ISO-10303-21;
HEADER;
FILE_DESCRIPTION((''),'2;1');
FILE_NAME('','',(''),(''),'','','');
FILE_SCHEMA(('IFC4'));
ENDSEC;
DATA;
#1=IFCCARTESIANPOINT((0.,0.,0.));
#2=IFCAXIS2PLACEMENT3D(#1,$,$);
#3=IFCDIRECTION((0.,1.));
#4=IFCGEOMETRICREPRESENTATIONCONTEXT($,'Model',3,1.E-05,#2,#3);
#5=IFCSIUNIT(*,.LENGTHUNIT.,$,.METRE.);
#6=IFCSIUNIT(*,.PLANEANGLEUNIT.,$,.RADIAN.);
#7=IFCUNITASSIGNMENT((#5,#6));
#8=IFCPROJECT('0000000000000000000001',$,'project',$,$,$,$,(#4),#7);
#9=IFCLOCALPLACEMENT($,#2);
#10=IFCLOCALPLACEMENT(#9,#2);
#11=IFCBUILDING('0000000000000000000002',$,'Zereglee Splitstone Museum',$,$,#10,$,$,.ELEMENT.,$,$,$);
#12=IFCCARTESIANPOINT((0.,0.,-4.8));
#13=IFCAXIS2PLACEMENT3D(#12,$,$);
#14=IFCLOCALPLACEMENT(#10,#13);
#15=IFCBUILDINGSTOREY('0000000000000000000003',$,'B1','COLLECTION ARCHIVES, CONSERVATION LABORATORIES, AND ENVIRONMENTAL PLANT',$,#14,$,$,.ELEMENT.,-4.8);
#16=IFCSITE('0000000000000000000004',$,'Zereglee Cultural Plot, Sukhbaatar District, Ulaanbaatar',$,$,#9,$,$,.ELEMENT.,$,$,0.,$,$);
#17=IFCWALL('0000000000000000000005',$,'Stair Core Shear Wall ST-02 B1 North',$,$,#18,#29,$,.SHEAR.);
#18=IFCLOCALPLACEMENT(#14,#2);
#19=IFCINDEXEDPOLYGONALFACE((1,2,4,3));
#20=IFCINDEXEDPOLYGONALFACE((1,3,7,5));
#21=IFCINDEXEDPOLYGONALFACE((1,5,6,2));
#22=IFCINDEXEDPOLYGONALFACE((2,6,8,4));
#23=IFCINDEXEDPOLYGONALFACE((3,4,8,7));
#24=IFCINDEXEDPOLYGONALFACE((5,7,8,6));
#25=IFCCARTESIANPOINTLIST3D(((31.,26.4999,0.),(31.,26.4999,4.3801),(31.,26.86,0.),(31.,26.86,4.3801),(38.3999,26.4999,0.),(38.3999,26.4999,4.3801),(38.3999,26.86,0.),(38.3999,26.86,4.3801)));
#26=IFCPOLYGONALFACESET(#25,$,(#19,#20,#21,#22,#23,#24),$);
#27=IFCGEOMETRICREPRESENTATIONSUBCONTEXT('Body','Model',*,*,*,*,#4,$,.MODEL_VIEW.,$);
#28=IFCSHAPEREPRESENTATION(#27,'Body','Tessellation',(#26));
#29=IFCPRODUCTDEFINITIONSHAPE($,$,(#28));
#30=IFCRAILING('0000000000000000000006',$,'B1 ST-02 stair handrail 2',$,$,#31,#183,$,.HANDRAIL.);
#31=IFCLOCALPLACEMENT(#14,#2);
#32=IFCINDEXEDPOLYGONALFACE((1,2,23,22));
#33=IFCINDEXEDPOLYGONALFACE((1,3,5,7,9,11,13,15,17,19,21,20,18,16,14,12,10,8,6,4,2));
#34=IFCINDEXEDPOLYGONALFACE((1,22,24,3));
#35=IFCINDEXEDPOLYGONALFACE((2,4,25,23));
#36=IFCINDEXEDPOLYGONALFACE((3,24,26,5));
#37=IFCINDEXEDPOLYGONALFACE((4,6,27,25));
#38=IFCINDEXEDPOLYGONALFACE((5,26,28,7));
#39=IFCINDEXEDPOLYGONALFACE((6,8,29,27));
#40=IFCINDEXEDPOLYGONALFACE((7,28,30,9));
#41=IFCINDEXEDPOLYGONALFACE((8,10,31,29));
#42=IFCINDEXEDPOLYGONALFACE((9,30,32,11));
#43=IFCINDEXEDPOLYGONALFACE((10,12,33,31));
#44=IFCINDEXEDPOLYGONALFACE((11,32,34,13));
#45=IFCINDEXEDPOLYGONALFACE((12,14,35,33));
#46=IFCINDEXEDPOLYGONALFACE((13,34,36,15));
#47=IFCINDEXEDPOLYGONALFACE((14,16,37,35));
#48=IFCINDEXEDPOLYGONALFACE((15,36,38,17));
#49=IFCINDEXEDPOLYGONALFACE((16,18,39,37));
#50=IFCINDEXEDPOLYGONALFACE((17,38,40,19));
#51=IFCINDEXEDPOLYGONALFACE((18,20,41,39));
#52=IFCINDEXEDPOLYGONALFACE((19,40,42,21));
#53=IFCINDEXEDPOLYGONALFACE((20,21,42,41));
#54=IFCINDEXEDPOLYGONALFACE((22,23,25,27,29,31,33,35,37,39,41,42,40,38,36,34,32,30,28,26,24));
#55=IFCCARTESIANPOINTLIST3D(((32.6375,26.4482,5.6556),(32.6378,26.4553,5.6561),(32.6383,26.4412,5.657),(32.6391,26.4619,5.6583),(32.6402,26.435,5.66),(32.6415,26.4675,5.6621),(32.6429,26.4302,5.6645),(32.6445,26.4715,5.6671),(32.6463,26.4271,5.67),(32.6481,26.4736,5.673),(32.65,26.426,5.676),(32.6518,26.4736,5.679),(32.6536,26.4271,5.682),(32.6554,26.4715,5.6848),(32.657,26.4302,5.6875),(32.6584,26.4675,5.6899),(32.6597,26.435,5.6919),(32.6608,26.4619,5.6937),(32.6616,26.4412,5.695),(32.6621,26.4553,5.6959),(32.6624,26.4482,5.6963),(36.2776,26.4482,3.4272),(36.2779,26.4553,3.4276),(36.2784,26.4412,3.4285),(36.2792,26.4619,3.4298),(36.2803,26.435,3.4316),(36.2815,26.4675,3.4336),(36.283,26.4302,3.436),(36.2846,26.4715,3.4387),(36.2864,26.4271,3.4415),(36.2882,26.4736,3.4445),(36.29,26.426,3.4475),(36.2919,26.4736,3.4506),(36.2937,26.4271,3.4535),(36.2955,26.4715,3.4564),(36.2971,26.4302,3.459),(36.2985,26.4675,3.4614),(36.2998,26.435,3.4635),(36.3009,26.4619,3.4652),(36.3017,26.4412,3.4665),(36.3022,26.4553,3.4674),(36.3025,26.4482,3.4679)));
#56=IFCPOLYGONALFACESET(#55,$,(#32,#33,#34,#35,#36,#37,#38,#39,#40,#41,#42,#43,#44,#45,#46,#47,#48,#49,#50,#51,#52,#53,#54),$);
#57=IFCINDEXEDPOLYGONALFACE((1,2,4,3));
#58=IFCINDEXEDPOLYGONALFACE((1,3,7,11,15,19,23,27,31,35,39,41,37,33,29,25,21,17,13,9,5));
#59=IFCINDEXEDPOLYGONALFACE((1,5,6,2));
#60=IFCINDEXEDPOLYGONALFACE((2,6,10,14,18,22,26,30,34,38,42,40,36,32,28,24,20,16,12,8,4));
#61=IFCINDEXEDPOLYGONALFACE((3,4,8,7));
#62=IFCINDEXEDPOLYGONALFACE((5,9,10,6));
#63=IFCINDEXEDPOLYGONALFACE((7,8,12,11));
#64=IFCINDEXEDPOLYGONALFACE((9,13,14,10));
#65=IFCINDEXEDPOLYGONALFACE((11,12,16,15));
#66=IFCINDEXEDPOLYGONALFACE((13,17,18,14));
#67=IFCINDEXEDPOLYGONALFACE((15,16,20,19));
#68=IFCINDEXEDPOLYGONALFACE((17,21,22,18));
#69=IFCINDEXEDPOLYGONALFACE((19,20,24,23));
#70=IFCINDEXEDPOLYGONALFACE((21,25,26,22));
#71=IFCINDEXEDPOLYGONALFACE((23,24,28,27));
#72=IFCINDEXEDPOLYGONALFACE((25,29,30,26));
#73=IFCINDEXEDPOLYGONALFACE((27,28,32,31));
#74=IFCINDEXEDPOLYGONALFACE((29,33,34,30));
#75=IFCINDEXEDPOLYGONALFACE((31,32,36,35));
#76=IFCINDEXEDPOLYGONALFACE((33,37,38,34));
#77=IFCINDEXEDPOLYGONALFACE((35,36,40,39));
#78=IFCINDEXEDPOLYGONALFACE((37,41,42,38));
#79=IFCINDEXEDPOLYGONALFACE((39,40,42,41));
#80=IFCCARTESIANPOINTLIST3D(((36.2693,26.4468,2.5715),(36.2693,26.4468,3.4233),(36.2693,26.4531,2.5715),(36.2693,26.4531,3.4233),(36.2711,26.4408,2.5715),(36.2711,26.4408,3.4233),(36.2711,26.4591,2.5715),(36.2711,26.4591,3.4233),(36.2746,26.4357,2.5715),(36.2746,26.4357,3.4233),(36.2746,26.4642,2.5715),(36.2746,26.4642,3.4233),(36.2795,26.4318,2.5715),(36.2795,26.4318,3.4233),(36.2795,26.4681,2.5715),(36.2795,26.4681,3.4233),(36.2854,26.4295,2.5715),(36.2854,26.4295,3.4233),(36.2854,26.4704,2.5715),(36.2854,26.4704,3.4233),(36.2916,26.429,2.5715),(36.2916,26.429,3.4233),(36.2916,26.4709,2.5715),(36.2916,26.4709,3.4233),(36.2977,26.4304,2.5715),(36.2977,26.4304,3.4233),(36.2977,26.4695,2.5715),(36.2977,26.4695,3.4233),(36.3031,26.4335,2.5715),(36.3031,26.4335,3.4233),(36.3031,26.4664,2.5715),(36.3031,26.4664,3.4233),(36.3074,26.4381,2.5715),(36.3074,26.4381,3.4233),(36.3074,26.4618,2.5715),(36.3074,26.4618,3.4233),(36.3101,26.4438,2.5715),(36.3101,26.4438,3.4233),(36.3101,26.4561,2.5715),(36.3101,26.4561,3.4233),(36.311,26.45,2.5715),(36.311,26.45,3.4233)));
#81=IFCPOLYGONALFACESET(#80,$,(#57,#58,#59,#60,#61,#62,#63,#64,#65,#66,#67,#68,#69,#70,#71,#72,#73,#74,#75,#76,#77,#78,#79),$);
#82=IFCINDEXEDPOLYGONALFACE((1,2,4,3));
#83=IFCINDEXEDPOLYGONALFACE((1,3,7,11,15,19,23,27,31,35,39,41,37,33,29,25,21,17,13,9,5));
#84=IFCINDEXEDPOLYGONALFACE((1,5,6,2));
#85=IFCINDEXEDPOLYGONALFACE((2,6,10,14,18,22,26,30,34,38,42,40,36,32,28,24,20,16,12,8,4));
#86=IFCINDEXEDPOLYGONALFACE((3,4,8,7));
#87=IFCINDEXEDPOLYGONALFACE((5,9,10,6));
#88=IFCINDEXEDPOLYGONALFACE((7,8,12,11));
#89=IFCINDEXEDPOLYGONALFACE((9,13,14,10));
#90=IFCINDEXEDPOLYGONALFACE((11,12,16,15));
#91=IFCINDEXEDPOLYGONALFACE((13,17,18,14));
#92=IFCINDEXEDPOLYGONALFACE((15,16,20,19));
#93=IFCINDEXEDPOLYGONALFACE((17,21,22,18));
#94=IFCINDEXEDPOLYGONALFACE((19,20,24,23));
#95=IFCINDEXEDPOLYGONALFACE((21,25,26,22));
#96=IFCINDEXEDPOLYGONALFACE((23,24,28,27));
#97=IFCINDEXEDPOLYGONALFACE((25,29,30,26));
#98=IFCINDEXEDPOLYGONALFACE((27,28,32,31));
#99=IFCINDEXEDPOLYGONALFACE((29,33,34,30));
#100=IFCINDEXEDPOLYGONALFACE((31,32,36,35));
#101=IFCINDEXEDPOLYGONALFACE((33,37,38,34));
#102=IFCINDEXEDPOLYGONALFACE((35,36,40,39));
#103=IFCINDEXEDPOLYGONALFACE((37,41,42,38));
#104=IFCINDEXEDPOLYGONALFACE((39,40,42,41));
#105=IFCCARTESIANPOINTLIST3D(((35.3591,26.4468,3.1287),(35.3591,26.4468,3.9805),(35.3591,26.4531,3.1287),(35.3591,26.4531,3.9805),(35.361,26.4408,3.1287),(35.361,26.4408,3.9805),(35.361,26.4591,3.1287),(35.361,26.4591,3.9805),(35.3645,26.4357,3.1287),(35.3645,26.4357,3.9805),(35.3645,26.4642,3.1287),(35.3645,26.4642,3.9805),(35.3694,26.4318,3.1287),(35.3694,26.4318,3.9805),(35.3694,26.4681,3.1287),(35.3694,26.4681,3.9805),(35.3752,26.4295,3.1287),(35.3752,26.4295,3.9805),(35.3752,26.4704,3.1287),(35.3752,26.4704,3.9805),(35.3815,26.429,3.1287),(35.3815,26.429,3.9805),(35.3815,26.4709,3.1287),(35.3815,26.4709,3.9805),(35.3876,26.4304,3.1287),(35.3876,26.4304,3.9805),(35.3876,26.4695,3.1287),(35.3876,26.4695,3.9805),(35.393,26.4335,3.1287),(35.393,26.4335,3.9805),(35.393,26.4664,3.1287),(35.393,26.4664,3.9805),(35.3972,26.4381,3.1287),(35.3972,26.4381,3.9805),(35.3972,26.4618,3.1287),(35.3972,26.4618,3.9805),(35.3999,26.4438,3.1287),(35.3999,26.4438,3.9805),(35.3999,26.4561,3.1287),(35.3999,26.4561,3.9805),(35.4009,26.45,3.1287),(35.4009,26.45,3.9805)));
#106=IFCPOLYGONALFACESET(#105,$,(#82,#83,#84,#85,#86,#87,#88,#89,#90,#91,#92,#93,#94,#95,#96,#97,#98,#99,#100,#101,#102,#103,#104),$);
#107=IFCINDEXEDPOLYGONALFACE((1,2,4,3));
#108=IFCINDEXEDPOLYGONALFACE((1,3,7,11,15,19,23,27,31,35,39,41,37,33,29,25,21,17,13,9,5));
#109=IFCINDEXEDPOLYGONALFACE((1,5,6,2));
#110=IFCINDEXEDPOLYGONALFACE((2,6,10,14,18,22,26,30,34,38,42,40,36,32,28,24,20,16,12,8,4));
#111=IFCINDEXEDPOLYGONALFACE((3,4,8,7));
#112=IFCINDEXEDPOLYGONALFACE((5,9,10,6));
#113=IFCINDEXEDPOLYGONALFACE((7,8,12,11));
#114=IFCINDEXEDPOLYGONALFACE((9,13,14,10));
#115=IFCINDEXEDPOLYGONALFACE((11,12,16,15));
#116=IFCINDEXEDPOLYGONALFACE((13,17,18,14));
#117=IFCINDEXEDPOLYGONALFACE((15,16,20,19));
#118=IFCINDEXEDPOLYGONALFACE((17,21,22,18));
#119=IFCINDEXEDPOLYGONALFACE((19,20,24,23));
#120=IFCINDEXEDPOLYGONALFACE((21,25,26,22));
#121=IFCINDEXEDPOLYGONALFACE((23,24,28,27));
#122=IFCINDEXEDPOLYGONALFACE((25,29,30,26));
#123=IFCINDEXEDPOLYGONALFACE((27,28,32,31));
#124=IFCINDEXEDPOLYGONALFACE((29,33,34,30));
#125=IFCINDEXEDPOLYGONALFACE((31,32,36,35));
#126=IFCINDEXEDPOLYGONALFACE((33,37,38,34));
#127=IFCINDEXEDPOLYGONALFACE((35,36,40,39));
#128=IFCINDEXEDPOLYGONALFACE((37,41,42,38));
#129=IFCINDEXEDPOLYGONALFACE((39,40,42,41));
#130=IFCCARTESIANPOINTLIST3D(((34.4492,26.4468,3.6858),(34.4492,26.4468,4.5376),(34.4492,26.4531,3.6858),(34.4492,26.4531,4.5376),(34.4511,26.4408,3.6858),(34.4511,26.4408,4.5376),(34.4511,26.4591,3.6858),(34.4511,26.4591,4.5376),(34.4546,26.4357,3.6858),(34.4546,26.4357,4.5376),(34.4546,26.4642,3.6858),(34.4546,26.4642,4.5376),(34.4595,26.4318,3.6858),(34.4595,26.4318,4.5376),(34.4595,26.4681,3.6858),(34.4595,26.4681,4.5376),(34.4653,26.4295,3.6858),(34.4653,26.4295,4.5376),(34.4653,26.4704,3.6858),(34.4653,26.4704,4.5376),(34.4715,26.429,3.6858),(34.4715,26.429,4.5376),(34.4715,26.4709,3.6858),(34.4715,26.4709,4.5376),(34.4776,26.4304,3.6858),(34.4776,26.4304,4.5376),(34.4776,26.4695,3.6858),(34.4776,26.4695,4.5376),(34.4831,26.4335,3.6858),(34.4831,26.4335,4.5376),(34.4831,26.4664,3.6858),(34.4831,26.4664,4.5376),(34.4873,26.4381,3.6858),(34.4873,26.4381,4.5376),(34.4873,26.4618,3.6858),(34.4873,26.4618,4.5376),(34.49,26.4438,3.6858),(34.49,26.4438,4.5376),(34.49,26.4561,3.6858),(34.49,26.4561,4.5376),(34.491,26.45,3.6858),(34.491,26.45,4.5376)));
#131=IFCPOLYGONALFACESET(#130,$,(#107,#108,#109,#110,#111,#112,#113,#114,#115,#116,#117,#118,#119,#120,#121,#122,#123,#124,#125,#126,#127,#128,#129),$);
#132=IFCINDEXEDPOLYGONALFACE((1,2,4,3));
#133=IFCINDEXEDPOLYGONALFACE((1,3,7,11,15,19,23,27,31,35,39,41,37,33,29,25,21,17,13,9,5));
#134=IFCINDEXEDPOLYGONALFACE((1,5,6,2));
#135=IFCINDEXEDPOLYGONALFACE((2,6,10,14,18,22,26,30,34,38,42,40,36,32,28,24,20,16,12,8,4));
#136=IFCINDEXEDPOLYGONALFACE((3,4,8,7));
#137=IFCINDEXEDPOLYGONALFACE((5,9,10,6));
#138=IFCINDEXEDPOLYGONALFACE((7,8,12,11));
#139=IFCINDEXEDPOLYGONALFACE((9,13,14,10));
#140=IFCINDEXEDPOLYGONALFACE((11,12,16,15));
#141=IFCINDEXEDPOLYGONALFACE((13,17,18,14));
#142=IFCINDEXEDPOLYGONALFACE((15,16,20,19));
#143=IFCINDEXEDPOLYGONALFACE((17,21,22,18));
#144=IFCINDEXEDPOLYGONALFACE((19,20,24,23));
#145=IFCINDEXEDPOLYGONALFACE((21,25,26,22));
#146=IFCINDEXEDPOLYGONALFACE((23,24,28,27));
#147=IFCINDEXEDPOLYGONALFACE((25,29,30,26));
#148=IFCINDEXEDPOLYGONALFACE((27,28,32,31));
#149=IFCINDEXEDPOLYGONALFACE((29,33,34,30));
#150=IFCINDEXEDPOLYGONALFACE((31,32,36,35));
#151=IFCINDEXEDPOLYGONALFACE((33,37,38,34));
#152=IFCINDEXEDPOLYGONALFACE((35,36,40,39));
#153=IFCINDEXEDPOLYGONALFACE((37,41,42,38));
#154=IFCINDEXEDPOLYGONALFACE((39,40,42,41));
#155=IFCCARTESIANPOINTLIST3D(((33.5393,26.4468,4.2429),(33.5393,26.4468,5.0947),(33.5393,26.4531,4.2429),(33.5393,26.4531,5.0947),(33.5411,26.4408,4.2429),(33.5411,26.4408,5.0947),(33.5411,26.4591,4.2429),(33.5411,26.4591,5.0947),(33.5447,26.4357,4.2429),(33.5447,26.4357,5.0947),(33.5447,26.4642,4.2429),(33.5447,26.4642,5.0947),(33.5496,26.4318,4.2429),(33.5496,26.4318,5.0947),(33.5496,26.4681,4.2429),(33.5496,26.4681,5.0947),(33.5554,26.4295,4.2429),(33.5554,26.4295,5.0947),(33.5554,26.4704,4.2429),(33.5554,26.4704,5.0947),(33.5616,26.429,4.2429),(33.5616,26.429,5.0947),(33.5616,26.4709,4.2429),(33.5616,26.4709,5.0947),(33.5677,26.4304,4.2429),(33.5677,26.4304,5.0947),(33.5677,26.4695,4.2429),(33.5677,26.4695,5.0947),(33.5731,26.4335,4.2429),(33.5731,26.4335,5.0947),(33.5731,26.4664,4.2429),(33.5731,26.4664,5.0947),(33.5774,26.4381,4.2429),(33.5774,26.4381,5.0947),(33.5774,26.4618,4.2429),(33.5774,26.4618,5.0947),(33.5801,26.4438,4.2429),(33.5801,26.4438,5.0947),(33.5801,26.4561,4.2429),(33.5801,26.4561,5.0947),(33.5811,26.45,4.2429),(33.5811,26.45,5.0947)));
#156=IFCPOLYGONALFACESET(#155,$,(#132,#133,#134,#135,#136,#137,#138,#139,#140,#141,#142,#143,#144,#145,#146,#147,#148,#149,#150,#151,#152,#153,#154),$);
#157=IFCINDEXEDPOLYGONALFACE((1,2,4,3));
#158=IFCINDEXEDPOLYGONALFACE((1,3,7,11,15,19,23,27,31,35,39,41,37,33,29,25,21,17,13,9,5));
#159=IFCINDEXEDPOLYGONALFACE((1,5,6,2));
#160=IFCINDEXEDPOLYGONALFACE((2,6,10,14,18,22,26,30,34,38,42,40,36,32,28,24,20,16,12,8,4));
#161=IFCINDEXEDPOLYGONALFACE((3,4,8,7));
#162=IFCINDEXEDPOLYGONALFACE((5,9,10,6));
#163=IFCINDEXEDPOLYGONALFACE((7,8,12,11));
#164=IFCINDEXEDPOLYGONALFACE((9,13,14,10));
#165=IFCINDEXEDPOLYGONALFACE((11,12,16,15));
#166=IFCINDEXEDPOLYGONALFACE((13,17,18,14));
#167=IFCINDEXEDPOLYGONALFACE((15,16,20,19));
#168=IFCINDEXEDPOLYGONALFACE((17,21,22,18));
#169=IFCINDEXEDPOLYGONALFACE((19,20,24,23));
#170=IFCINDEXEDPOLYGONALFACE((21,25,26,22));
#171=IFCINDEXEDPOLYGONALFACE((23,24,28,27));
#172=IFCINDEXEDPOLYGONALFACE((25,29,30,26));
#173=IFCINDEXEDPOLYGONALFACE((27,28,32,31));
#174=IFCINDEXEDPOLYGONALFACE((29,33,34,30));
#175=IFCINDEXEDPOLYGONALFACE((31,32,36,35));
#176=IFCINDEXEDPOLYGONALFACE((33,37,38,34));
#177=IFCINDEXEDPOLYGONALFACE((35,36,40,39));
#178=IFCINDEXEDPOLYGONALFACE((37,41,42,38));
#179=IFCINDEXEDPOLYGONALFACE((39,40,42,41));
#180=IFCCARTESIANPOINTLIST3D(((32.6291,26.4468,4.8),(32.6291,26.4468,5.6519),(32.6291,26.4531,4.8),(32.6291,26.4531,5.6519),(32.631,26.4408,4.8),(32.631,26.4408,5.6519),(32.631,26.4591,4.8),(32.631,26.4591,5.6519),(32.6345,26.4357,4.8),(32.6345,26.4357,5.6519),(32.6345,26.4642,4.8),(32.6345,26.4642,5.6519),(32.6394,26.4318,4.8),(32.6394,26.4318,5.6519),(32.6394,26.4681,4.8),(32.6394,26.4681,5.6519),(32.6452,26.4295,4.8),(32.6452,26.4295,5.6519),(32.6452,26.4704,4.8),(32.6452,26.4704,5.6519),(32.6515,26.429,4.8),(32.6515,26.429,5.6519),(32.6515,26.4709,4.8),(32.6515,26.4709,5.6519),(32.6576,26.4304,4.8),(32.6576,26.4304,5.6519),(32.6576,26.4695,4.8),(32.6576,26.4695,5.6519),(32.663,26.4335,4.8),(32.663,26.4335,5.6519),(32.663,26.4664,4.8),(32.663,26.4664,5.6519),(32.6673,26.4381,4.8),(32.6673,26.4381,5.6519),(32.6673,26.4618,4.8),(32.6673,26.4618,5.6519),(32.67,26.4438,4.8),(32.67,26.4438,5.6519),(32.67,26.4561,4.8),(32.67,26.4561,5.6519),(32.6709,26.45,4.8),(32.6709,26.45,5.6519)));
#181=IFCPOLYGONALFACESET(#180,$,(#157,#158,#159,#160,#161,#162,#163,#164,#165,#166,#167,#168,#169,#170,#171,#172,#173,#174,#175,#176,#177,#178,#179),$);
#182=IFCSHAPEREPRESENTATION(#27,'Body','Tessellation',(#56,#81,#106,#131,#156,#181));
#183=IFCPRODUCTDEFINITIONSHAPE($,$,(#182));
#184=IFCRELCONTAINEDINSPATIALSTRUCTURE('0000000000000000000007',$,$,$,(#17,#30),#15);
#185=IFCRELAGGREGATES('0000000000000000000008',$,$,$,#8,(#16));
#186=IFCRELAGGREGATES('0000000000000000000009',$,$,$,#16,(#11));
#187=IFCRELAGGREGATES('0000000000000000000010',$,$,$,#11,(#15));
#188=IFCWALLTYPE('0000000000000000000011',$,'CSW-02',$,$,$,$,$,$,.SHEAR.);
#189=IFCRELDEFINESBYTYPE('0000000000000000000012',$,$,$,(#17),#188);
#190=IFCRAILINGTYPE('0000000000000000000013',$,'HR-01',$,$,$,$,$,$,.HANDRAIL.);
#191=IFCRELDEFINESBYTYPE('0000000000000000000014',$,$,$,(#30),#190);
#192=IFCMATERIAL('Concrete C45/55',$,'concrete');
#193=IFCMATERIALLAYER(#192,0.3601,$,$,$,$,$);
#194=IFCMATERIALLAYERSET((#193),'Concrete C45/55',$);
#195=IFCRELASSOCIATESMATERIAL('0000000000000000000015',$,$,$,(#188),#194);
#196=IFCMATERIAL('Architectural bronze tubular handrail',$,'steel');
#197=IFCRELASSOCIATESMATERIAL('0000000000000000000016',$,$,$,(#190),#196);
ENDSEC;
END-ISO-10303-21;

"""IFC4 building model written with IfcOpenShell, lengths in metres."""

from ifc_helpers import new_model, si_unit, direction, frame, frame_2d, origin, origin_2d, place, context, subcontext, project, spatial, rectangle, circle, extrude, material, layer, layer_set, type_object, element, save


model = new_model("IFC4")

# Units and contexts
model_context = context("Model", 3, precision=1e-05, world=origin(), true_north=direction((0.0, 1.0)))
body_context = subcontext(model_context, "Body", "Model", "MODEL_VIEW")
ifc_project = project(units=[si_unit("LENGTHUNIT", "METRE"), si_unit("PLANEANGLEUNIT", "RADIAN")], contexts=[model_context])

# Site, building, storey
site_placement = place(None, origin())
site = spatial("IfcSite", under=ifc_project, at=site_placement, Name="Zereglee Cultural Plot, Sukhbaatar District, Ulaanbaatar", CompositionType="ELEMENT", RefElevation=0.0)
building_placement = place(site_placement, origin())
building = spatial("IfcBuilding", under=site, at=building_placement, Name="Zereglee Splitstone Museum", CompositionType="ELEMENT")
storey_placement = place(building_placement, frame((0.0, 0.0, -4.8)))
storey = spatial("IfcBuildingStorey", under=building, at=storey_placement, Name="B1", Description="COLLECTION ARCHIVES, CONSERVATION LABORATORIES, AND ENVIRONMENTAL PLANT", CompositionType="ELEMENT", Elevation=-4.8)

# Shared definitions
ifc_material_1 = material(Name="Concrete C45/55", Category="concrete")

# Wall
ifc_layer_1 = layer(ifc_material_1, 0.3601)
ifc_layer_set_1 = layer_set([ifc_layer_1], Name="Concrete C45/55")
wall_type_1 = type_object("IfcWallType", Name="CSW-02", PredefinedType="SHEAR", material=ifc_layer_set_1)
wall_placement = place(storey_placement, frame((31.0, 26.6799, 0.0), z_axis=(0.0, 0.0, 1.0), x_axis=(1.0, 0.0, 0.0)))
element("IfcWall", 1, at=wall_placement, inside=storey, type_object=wall_type_1, Name="Stair Core Shear Wall ST-02 B1 North", PredefinedType="SHEAR", context=body_context, shape_type="SweptSolid", body=[
    extrude(rectangle(XDim=7.3999, YDim=0.3601, at=frame_2d((3.7, 0.0))), origin(), (0.0, 0.0, 1.0), 4.3801),
])

# Railing
ifc_material_2 = material(Name="Architectural bronze tubular handrail", Category="steel")
railing_type = type_object("IfcRailingType", Name="HR-01", PredefinedType="HANDRAIL", material=ifc_material_2)
railing_placement = place(storey_placement, frame((36.29, 26.45, 2.5715)))
element("IfcRailing", 2, at=railing_placement, inside=storey, type_object=railing_type, Name="B1 ST-02 stair handrail 2", PredefinedType="HANDRAIL", context=body_context, shape_type="SweptSolid", body=[
    extrude(circle(Radius=0.0239, at=origin_2d()), frame((0.0, 0.0, 0.876), z_axis=(-0.852866, 0.0, 0.52213), x_axis=(0.0, -1.0, 0.0)), (0.0, 0.0, 1.0), 4.2681),
    extrude(circle(Radius=0.021, at=origin_2d()), origin(), (0.0, 0.0, 1.0), 0.8518),
    extrude(circle(Radius=0.021, at=origin_2d()), frame((-0.9102, 0.0, 0.5571)), (0.0, 0.0, 1.0), 0.8518),
    extrude(circle(Radius=0.021, at=origin_2d()), frame((-1.8201, 0.0, 1.1143)), (0.0, 0.0, 1.0), 0.8518),
    extrude(circle(Radius=0.021, at=origin_2d()), frame((-2.73, 0.0, 1.6714)), (0.0, 0.0, 1.0), 0.8518),
    extrude(circle(Radius=0.021, at=origin_2d()), frame((-3.6401, 0.0, 2.2285)), (0.0, 0.0, 1.0), 0.8518),
])

save(model, "model.ifc")
